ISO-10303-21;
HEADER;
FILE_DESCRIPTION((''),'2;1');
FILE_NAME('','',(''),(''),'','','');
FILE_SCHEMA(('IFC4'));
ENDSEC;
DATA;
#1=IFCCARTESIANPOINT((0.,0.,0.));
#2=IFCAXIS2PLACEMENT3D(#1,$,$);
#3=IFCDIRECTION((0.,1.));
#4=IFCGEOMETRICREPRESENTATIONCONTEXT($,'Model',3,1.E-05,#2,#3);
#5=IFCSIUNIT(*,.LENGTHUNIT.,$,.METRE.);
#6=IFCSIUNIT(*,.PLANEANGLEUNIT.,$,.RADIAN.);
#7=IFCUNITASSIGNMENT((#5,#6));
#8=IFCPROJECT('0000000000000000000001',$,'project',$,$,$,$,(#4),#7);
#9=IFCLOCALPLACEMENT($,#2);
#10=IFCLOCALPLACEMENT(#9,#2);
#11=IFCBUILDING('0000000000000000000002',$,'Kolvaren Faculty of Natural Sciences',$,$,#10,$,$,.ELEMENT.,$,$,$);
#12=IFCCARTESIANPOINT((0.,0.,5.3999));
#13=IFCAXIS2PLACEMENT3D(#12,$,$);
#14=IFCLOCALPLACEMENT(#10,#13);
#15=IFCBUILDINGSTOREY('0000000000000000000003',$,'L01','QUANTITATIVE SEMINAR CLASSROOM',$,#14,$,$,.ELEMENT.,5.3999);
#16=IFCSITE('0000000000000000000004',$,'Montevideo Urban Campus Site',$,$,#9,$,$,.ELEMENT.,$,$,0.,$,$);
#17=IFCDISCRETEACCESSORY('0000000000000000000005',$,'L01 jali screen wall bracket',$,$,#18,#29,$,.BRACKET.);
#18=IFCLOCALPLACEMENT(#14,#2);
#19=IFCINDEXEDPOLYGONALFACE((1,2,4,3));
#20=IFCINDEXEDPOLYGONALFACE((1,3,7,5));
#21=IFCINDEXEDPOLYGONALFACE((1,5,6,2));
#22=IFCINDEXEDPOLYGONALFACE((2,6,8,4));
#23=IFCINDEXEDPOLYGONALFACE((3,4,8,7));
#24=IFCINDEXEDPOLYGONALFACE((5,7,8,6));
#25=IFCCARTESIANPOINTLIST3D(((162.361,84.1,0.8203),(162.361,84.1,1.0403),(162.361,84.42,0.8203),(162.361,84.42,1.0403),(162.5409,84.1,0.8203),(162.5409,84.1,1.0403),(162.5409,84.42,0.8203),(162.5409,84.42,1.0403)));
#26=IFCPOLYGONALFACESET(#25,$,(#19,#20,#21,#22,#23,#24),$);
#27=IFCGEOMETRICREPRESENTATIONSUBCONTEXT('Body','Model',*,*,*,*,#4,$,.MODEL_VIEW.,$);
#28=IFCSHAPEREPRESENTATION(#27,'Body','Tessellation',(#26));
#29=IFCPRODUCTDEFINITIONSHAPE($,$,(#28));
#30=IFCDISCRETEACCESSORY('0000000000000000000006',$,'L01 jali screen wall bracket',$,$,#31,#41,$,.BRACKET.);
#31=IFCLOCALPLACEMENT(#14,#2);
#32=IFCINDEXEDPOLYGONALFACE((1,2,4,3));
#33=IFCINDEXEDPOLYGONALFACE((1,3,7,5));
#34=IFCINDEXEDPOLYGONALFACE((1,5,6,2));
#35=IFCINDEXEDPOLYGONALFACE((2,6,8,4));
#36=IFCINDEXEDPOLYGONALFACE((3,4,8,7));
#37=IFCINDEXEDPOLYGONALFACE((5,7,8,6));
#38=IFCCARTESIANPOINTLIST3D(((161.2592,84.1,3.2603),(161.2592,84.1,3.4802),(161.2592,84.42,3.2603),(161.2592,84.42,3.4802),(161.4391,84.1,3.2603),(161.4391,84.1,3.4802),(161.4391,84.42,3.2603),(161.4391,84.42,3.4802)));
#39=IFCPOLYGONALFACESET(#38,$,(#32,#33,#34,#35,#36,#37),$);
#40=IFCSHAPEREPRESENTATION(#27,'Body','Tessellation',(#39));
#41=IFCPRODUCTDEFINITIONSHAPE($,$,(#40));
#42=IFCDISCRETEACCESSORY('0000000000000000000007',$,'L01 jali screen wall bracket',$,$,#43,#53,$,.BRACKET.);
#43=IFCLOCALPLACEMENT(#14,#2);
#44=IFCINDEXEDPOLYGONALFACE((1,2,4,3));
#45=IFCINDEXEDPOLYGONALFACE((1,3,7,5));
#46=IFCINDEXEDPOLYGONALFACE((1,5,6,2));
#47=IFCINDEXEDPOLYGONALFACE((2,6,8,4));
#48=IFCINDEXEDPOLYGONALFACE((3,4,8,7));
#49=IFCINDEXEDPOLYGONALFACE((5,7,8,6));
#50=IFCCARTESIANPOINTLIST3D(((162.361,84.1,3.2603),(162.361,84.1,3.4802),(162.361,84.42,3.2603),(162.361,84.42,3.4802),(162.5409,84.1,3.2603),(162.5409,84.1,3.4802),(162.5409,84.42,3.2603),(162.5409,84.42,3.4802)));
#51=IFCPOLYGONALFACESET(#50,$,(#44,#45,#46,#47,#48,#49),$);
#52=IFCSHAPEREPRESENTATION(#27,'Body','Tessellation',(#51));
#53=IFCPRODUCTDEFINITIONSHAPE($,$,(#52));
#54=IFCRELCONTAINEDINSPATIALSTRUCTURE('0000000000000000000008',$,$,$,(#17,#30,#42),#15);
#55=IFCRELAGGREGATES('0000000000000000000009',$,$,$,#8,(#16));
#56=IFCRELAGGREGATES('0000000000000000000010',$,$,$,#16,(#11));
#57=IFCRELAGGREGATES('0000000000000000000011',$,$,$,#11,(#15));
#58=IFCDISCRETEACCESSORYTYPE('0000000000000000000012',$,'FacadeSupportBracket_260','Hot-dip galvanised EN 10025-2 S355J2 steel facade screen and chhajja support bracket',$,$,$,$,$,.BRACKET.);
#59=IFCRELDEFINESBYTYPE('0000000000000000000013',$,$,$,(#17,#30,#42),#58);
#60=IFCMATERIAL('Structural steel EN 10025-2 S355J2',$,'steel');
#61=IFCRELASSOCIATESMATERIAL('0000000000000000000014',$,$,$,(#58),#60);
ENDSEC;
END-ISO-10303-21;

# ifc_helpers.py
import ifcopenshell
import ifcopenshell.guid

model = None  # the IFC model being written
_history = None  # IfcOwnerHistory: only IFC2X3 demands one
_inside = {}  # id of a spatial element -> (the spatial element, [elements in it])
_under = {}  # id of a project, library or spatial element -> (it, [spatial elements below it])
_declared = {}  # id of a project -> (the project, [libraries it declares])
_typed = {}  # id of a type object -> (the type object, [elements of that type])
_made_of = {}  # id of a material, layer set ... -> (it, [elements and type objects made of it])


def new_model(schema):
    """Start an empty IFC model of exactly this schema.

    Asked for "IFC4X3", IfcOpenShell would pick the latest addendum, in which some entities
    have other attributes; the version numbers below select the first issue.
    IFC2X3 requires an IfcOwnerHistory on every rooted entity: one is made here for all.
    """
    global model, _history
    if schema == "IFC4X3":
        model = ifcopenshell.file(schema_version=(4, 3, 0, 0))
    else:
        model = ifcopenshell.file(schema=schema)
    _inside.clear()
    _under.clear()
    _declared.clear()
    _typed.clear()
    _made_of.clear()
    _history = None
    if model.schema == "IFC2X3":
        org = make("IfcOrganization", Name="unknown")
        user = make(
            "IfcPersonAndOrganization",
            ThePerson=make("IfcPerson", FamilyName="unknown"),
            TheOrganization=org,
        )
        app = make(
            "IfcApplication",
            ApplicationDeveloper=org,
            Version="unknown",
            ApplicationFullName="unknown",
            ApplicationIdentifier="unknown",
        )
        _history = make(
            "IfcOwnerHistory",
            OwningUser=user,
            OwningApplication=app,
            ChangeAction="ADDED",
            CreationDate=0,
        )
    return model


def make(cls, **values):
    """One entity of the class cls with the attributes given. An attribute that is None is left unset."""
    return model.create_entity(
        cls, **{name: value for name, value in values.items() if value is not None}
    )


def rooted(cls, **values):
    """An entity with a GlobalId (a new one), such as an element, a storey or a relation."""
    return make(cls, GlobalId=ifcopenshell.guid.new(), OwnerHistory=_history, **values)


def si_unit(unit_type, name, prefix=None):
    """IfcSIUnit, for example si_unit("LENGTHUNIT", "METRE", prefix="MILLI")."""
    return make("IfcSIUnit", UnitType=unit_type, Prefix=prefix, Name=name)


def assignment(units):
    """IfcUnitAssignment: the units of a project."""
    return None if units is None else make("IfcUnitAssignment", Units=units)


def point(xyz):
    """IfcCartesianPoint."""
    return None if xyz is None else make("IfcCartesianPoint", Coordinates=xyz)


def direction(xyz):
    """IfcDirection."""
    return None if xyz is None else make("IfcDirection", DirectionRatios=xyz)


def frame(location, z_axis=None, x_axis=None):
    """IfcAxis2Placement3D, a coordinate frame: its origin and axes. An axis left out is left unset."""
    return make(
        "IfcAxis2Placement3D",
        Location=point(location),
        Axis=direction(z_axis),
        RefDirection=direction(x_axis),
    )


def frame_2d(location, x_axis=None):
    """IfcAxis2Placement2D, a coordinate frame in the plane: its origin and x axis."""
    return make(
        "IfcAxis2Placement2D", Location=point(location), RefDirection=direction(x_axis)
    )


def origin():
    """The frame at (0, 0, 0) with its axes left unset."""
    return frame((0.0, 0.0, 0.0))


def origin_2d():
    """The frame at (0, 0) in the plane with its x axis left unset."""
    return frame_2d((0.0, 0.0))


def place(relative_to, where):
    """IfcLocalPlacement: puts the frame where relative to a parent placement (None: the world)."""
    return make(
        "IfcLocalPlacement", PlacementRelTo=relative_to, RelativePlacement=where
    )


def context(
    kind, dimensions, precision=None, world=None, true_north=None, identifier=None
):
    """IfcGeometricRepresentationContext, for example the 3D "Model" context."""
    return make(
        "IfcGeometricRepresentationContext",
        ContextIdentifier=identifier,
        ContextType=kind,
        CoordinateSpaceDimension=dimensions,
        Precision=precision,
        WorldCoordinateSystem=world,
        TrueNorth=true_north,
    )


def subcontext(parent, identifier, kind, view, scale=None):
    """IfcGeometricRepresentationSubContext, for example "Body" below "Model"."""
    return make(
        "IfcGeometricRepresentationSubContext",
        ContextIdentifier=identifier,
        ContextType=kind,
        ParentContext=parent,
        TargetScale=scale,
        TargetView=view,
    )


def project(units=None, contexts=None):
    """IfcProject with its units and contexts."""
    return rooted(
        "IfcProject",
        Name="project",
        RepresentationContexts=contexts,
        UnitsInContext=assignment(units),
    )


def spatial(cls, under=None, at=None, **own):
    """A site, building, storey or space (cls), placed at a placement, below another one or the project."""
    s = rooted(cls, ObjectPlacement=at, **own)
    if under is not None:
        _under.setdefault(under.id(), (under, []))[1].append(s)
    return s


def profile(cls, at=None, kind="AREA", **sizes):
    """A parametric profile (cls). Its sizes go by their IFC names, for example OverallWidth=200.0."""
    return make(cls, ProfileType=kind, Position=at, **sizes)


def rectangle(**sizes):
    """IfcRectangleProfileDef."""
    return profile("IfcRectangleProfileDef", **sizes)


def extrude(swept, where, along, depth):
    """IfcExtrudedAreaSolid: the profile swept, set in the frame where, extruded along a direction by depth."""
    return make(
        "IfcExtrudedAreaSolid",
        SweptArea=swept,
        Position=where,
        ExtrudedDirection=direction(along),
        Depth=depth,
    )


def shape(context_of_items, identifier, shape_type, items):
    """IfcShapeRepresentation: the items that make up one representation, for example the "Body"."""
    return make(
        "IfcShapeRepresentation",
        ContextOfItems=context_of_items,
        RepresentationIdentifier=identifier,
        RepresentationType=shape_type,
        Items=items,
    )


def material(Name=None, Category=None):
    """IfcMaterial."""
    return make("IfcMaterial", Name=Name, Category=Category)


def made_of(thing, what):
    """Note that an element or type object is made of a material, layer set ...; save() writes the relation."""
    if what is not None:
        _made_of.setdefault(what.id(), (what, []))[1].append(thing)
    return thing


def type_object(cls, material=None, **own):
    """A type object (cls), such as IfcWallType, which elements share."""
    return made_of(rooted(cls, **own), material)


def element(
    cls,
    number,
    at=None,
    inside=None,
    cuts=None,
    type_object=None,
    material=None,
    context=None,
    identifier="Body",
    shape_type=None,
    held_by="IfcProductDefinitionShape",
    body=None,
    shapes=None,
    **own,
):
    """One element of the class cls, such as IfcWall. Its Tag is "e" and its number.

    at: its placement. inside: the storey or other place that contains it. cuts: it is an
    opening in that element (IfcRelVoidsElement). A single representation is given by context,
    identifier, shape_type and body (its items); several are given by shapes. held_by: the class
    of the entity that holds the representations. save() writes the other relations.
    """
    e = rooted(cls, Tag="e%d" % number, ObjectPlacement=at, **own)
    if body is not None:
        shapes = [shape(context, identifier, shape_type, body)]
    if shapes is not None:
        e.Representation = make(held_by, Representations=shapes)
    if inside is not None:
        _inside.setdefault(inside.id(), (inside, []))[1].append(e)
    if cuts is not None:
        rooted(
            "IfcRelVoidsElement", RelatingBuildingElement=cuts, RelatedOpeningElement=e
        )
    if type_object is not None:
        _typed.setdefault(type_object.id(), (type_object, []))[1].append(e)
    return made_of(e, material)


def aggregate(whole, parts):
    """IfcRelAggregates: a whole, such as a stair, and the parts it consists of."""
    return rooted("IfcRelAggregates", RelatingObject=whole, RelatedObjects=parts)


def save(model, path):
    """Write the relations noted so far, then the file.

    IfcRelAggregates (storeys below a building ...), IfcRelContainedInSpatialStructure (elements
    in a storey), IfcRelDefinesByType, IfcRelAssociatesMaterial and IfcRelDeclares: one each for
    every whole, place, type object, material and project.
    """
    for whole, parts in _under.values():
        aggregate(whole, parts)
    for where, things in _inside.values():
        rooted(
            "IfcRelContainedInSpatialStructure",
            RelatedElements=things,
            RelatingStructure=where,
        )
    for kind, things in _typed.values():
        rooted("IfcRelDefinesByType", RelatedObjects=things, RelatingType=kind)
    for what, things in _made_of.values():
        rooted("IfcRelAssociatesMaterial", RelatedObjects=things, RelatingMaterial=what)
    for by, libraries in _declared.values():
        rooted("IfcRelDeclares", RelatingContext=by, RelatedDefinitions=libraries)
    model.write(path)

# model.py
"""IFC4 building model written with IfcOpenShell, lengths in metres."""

from ifc_helpers import new_model, si_unit, direction, frame, origin, origin_2d, place, context, subcontext, project, spatial, rectangle, extrude, material, type_object, element, save


model = new_model("IFC4")

# Units and contexts
model_context = context("Model", 3, precision=1e-05, world=origin(), true_north=direction((0.0, 1.0)))
body_context = subcontext(model_context, "Body", "Model", "MODEL_VIEW")
ifc_project = project(units=[si_unit("LENGTHUNIT", "METRE"), si_unit("PLANEANGLEUNIT", "RADIAN")], contexts=[model_context])

# Site, building, storey
site_placement = place(None, origin())
site = spatial("IfcSite", under=ifc_project, at=site_placement, Name="Montevideo Urban Campus Site", CompositionType="ELEMENT", RefElevation=0.0)
building_placement = place(site_placement, origin())
building = spatial("IfcBuilding", under=site, at=building_placement, Name="Kolvaren Faculty of Natural Sciences", CompositionType="ELEMENT")
storey_placement = place(building_placement, frame((0.0, 0.0, 5.3999)))
storey = spatial("IfcBuildingStorey", under=building, at=storey_placement, Name="L01", Description="QUANTITATIVE SEMINAR CLASSROOM", CompositionType="ELEMENT", Elevation=5.3999)

# Discrete accessories
ifc_material_1 = material(Name="Structural steel EN 10025-2 S355J2", Category="steel")
discrete_accessory_type = type_object("IfcDiscreteAccessoryType", Name="FacadeSupportBracket_260", Description="Hot-dip galvanised EN 10025-2 S355J2 steel facade screen and chhajja support bracket", PredefinedType="BRACKET", material=ifc_material_1)
for number, where, z_axis, x_axis, name in (
    (1, (162.4509, 84.26, 0.8203), (0.0, 0.0, 1.0), (1.0, 0.0, 0.0), "L01 jali screen wall bracket"),
    (2, (161.3491, 84.26, 3.2603), (0.0, 0.0, 1.0), (1.0, 0.0, 0.0), "L01 jali screen wall bracket"),
    (3, (162.4509, 84.26, 3.2603), (0.0, 0.0, 1.0), (1.0, 0.0, 0.0), "L01 jali screen wall bracket"),
):
    element("IfcDiscreteAccessory", number, at=place(storey_placement, frame(where, z_axis=z_axis, x_axis=x_axis)), inside=storey, type_object=discrete_accessory_type, Name=name, PredefinedType="BRACKET", context=body_context, shape_type="SweptSolid", body=[
        extrude(rectangle(XDim=0.1799, YDim=0.3201, at=origin_2d()), origin(), (0.0, 0.0, 1.0), 0.22),
    ])

save(model, "model.ifc")
